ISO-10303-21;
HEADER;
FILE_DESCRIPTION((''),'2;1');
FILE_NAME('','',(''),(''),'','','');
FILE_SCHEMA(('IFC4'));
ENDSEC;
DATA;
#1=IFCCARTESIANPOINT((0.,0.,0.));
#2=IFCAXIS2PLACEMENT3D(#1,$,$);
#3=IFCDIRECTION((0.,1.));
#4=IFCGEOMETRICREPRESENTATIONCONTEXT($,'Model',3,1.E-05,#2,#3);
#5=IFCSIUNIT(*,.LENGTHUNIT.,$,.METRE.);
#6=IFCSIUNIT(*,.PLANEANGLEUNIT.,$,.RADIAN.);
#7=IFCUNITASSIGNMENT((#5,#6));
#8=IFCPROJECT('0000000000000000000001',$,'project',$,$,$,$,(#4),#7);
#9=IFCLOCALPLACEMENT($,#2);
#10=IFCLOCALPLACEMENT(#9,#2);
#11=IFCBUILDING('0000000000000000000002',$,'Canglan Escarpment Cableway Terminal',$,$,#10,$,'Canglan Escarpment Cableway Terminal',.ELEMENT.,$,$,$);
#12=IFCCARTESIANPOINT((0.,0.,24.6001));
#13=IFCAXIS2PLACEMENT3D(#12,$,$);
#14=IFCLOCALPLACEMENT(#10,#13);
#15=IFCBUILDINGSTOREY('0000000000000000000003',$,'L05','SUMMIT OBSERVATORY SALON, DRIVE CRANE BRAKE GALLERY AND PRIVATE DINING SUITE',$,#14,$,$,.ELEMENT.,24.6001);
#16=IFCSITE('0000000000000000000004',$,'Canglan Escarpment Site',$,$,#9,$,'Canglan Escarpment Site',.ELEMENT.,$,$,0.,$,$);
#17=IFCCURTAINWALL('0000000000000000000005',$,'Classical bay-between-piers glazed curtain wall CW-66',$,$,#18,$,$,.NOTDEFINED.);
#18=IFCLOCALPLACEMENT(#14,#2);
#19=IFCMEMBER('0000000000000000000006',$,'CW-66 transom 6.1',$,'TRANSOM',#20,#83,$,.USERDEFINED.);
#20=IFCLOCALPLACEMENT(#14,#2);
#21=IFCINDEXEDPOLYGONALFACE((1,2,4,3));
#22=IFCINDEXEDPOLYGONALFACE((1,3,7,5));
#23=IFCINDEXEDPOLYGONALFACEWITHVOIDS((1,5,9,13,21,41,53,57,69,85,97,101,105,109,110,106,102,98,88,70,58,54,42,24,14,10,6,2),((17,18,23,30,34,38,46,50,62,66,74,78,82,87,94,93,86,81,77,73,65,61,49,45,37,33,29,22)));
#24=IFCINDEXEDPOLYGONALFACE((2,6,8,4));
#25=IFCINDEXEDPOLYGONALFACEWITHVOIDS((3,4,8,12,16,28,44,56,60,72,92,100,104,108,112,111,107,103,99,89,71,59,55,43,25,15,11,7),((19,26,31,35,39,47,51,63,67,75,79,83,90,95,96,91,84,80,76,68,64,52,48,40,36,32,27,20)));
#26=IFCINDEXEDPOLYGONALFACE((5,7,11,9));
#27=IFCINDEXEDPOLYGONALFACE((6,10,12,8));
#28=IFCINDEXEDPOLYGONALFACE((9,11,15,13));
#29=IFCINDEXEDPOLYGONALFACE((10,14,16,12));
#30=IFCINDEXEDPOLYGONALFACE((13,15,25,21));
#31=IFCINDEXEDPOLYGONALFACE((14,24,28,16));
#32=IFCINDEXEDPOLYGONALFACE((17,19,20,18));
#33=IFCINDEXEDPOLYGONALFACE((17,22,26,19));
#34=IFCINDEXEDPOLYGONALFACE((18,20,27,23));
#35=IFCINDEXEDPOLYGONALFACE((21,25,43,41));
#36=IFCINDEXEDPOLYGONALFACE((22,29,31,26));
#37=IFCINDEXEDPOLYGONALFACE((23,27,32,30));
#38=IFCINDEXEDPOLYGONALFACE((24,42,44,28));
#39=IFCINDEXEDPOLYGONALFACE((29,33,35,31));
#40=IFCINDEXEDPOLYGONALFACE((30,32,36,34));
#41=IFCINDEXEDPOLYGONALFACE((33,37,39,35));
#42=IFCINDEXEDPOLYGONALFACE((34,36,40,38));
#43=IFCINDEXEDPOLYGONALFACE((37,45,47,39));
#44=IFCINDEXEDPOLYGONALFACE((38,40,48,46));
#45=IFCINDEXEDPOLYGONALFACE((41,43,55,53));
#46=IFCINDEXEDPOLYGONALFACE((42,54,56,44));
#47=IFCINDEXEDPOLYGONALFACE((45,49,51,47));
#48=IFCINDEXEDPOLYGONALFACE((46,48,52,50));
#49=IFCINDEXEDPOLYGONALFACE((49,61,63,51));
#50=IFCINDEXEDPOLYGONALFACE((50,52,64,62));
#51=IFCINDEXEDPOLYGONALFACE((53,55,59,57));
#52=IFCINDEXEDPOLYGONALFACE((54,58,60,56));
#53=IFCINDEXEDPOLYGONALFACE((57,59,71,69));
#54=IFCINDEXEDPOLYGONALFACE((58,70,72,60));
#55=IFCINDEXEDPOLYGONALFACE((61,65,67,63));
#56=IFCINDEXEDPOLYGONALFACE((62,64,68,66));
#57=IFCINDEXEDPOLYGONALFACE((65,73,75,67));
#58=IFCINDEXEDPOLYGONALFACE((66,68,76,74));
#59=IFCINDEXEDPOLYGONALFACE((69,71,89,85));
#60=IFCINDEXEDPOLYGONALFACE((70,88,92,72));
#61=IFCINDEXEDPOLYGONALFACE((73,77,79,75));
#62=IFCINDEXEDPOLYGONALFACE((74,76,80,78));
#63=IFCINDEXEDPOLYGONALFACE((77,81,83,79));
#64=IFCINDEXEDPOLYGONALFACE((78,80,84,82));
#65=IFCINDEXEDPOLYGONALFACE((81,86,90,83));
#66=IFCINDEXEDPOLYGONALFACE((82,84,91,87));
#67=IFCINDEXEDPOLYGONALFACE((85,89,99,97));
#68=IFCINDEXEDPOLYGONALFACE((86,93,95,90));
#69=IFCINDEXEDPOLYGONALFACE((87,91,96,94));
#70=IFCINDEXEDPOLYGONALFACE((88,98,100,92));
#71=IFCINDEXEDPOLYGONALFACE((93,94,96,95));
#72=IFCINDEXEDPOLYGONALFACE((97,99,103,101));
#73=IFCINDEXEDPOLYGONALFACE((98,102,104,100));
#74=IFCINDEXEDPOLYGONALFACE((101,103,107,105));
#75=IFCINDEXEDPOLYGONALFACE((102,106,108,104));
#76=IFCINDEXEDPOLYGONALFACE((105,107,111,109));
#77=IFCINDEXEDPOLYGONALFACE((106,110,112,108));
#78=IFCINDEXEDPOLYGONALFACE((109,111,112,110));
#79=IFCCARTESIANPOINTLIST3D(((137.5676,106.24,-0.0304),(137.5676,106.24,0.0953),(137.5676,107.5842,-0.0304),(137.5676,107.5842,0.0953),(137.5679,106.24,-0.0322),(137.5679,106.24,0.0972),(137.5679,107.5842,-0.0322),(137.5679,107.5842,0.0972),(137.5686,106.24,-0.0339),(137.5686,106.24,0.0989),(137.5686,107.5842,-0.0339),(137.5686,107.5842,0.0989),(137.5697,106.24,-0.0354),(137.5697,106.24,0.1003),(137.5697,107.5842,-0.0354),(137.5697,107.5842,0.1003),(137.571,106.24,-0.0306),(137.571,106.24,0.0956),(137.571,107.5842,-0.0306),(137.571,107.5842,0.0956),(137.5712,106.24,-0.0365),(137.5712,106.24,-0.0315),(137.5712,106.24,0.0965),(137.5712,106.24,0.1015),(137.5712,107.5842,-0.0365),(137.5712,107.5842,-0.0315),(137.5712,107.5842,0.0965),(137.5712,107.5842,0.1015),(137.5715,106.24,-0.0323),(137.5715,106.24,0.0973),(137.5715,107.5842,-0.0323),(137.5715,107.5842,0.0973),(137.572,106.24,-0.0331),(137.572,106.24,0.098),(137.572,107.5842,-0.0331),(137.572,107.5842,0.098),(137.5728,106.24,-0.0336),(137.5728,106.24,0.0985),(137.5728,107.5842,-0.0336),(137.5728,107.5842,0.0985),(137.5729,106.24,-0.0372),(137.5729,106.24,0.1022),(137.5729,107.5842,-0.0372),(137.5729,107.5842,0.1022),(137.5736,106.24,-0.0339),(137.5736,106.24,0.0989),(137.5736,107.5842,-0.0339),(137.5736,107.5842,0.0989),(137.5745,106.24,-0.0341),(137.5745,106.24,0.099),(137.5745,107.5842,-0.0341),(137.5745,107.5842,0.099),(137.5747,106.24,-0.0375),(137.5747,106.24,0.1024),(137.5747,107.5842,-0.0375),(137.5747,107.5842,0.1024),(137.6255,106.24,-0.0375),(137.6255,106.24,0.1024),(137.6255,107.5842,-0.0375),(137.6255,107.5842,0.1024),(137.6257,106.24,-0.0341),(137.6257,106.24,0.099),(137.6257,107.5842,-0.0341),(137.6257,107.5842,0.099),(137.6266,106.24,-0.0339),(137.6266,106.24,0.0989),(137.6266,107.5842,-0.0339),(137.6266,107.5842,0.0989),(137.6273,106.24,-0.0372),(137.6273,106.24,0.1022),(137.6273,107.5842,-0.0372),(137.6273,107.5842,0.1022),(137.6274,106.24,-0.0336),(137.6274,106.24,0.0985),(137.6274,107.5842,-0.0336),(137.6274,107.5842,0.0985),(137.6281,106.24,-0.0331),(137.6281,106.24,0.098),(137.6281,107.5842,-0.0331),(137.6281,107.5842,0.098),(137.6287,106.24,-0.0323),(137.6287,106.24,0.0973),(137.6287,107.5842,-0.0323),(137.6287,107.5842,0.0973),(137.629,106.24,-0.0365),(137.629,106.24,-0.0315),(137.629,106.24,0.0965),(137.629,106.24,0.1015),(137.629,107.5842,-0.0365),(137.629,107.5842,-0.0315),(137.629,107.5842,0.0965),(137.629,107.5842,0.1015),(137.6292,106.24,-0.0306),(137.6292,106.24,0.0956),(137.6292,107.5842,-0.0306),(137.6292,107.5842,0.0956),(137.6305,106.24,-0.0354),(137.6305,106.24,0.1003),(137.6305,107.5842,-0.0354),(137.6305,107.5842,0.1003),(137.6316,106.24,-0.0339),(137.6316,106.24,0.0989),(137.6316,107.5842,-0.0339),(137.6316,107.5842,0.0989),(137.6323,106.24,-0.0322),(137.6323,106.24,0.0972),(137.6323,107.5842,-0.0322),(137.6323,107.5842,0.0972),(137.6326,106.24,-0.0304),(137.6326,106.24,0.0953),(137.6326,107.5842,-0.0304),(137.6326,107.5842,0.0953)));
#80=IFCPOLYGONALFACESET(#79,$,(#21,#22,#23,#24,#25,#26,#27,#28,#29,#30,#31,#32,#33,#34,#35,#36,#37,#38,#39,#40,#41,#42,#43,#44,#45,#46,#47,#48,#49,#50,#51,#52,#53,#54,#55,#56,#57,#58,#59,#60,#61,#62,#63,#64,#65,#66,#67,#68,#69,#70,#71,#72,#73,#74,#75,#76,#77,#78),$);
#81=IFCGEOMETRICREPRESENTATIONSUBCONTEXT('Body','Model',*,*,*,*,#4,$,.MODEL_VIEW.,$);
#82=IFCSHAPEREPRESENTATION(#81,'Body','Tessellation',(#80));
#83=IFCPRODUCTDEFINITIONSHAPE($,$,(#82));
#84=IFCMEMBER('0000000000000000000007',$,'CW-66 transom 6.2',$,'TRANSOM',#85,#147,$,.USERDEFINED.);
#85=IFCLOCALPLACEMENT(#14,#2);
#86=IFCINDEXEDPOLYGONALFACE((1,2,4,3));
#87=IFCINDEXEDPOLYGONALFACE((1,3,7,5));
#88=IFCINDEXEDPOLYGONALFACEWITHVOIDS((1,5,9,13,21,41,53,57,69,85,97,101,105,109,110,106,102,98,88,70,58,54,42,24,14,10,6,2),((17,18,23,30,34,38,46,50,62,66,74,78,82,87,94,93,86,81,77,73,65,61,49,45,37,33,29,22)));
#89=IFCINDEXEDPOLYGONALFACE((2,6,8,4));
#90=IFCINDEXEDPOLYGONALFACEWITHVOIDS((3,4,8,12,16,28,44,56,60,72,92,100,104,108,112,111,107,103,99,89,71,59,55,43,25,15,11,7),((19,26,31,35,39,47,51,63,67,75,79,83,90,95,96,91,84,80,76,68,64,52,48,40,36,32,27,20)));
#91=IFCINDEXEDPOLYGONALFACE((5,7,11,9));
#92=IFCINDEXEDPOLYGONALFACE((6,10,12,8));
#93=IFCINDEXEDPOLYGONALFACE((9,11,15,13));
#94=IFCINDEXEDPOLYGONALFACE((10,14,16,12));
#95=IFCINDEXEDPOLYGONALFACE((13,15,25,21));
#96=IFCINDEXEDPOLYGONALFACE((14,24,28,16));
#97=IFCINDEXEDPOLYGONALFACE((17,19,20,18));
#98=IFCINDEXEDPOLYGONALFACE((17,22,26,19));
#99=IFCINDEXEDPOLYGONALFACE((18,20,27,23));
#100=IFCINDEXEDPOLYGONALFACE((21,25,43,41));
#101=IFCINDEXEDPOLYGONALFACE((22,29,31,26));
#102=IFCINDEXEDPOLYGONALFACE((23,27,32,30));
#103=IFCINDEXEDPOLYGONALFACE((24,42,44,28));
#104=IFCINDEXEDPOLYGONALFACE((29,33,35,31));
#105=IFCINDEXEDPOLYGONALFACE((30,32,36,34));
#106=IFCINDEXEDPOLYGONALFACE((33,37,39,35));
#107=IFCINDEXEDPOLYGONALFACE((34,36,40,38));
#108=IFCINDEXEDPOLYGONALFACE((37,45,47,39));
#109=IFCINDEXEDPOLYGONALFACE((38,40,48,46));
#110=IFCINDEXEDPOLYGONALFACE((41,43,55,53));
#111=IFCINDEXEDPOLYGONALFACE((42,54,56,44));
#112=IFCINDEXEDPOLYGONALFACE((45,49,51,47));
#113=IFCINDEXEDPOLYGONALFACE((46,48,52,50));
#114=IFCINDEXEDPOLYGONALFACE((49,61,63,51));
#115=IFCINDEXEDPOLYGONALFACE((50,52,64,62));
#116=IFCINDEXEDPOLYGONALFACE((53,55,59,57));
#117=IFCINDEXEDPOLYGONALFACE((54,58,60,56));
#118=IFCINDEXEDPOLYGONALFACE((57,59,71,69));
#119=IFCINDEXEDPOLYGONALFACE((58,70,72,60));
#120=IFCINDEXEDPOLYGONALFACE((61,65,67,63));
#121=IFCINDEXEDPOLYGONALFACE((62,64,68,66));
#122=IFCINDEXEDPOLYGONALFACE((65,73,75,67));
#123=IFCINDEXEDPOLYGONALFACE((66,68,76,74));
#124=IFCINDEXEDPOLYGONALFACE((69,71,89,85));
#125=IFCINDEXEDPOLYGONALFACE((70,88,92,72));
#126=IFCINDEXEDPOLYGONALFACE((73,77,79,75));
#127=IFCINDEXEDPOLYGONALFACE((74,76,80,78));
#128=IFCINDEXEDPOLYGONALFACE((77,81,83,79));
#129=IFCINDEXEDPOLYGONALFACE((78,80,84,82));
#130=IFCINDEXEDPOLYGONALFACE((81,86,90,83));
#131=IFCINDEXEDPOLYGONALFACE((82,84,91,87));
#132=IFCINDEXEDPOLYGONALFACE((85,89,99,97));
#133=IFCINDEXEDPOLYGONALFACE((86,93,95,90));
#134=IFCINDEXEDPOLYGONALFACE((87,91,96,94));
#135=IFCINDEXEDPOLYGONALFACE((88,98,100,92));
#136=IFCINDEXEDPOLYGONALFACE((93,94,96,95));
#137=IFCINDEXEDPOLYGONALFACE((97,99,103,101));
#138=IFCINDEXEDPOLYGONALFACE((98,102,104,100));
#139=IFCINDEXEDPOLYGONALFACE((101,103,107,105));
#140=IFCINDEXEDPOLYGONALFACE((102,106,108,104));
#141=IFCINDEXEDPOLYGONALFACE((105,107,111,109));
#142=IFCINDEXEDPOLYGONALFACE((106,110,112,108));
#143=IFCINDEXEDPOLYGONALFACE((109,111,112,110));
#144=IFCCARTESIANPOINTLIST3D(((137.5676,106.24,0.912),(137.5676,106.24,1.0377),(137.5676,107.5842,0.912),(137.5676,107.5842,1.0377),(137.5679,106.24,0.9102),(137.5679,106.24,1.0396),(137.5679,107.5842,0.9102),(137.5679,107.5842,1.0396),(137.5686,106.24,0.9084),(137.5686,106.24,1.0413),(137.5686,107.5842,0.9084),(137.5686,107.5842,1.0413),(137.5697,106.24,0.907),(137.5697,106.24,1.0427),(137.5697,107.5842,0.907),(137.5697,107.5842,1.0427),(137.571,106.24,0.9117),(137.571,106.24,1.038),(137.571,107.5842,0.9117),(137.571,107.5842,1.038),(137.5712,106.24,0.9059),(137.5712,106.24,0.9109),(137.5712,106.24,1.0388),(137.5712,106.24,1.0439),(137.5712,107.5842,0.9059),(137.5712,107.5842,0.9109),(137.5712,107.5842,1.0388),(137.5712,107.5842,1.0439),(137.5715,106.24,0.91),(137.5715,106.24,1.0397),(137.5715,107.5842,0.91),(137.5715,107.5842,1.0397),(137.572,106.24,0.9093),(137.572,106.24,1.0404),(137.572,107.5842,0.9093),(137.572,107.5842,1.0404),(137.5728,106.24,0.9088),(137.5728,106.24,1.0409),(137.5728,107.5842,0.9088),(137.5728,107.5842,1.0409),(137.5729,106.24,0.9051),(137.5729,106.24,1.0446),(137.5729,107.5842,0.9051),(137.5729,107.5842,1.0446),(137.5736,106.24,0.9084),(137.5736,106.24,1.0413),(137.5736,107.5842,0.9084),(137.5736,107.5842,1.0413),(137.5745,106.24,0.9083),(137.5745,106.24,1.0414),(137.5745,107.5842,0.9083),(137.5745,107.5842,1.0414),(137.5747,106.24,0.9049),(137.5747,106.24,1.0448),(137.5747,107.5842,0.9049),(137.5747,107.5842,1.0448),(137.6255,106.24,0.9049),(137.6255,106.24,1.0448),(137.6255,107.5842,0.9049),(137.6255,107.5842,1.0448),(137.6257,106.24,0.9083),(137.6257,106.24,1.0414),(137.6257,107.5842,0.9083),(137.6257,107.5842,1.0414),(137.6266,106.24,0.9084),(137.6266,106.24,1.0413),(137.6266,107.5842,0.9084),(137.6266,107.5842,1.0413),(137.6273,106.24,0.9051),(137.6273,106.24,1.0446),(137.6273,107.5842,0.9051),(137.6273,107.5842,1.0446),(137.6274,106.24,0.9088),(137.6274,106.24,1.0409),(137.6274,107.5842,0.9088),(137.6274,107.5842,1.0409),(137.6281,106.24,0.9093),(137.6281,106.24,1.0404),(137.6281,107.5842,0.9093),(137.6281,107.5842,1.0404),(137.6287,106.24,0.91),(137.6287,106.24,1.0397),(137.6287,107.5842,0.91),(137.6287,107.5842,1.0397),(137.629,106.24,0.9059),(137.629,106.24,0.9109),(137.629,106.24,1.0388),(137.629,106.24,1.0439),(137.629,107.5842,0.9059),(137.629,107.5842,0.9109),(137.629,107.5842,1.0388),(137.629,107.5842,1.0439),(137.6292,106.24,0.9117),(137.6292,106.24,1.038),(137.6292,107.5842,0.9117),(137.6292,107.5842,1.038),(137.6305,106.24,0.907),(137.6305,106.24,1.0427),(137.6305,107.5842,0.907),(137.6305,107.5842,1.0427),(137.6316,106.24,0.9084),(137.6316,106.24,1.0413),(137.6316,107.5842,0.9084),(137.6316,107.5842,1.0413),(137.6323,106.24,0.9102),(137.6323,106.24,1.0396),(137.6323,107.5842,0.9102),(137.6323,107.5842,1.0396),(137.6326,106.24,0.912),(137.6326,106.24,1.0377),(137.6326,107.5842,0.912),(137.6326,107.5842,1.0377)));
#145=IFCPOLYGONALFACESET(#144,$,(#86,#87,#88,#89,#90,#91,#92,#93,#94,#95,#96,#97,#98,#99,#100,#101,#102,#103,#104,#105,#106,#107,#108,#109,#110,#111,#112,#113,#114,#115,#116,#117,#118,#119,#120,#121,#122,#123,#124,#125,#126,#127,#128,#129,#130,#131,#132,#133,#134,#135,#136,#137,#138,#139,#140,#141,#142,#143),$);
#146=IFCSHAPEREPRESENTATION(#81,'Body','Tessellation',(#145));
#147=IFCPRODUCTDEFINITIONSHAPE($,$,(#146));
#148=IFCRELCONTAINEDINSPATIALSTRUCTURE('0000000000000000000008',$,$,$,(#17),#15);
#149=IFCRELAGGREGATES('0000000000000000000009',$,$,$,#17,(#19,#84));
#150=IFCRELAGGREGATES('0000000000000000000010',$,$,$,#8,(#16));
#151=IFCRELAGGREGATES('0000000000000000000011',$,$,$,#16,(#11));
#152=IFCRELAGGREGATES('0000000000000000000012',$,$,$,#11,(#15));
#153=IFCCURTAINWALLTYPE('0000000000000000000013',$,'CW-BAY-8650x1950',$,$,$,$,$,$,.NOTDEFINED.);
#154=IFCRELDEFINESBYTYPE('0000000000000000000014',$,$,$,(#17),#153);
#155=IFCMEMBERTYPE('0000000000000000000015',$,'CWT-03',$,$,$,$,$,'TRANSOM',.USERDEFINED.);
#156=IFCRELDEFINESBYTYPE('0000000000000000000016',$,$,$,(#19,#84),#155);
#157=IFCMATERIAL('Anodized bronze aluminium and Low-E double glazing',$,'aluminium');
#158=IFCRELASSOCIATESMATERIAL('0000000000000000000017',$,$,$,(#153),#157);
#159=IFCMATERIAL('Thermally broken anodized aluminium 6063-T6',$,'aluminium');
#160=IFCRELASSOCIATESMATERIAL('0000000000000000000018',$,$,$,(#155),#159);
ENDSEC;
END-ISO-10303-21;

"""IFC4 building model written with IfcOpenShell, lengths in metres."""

from ifc_helpers import new_model, si_unit, direction, frame, origin, origin_2d, place, context, subcontext, project, spatial, hollow_rectangle, extrude, material, material_profile, profile_set, type_object, element, aggregate, save


model = new_model("IFC4")

# Units and contexts
model_context = context("Model", 3, precision=1e-05, world=origin(), true_north=direction((0.0, 1.0)))
body_context = subcontext(model_context, "Body", "Model", "MODEL_VIEW")
ifc_project = project(units=[si_unit("LENGTHUNIT", "METRE"), si_unit("PLANEANGLEUNIT", "RADIAN")], contexts=[model_context])

# Site, building, storey
site_placement = place(None, origin())
site = spatial("IfcSite", under=ifc_project, at=site_placement, Name="Canglan Escarpment Site", LongName="Canglan Escarpment Site", CompositionType="ELEMENT", RefElevation=0.0)
building_placement = place(site_placement, origin())
building = spatial("IfcBuilding", under=site, at=building_placement, Name="Canglan Escarpment Cableway Terminal", LongName="Canglan Escarpment Cableway Terminal", CompositionType="ELEMENT")
storey_placement = place(building_placement, frame((0.0, 0.0, 24.6001)))
storey = spatial("IfcBuildingStorey", under=building, at=storey_placement, Name="L05", Description="SUMMIT OBSERVATORY SALON, DRIVE CRANE BRAKE GALLERY AND PRIVATE DINING SUITE", CompositionType="ELEMENT", Elevation=24.6001)

# Curtain wall, members
ifc_material_1 = material(Name="Anodized bronze aluminium and Low-E double glazing", Category="aluminium")
curtain_wall_type = type_object("IfcCurtainWallType", Name="CW-BAY-8650x1950", PredefinedType="NOTDEFINED", material=ifc_material_1)
curtain_wall_placement = place(storey_placement, origin())
curtain_wall = element("IfcCurtainWall", 1, at=curtain_wall_placement, inside=storey, type_object=curtain_wall_type, Name="Classical bay-between-piers glazed curtain wall CW-66", PredefinedType="NOTDEFINED")
ifc_material_2 = material(Name="Thermally broken anodized aluminium 6063-T6", Category="aluminium")
ifc_material_profile_1 = material_profile(ifc_material_2, hollow_rectangle(XDim=0.0649, YDim=0.1399, WallThickness=0.0034, InnerFilletRadius=0.0034, OuterFilletRadius=0.0071, at=origin_2d()), Name="ALU-TRAN 65x140x3.5")
ifc_profile_set_1 = profile_set([ifc_material_profile_1], Name="Thermally broken anodized aluminium 6063-T6")
member_type_1 = type_object("IfcMemberType", Name="CWT-03", ElementType="TRANSOM", PredefinedType="USERDEFINED", material=ifc_profile_set_1)
member_1_placement = place(storey_placement, frame((137.6001, 107.5842, 0.0325), z_axis=(0.0, -1.0, 0.0), x_axis=(1.0, 0.0, 0.0)))
member_1 = element("IfcMember", 2, at=member_1_placement, type_object=member_type_1, Name="CW-66 transom 6.1", ObjectType="TRANSOM", PredefinedType="USERDEFINED", context=body_context, shape_type="SweptSolid", body=[
    extrude(hollow_rectangle(XDim=0.0649, YDim=0.1399, WallThickness=0.0034, InnerFilletRadius=0.0034, OuterFilletRadius=0.0071, at=origin_2d()), origin(), (0.0, 0.0, 1.0), 1.3442),
])
member_2_placement = place(storey_placement, frame((137.6001, 107.5842, 0.9749), z_axis=(0.0, -1.0, 0.0), x_axis=(1.0, 0.0, 0.0)))
member_2 = element("IfcMember", 3, at=member_2_placement, type_object=member_type_1, Name="CW-66 transom 6.2", ObjectType="TRANSOM", PredefinedType="USERDEFINED", context=body_context, shape_type="SweptSolid", body=[
    extrude(hollow_rectangle(XDim=0.0649, YDim=0.1399, WallThickness=0.0034, InnerFilletRadius=0.0034, OuterFilletRadius=0.0071, at=origin_2d()), origin(), (0.0, 0.0, 1.0), 1.3442),
])

aggregate(curtain_wall, [member_1, member_2])

save(model, "model.ifc")
